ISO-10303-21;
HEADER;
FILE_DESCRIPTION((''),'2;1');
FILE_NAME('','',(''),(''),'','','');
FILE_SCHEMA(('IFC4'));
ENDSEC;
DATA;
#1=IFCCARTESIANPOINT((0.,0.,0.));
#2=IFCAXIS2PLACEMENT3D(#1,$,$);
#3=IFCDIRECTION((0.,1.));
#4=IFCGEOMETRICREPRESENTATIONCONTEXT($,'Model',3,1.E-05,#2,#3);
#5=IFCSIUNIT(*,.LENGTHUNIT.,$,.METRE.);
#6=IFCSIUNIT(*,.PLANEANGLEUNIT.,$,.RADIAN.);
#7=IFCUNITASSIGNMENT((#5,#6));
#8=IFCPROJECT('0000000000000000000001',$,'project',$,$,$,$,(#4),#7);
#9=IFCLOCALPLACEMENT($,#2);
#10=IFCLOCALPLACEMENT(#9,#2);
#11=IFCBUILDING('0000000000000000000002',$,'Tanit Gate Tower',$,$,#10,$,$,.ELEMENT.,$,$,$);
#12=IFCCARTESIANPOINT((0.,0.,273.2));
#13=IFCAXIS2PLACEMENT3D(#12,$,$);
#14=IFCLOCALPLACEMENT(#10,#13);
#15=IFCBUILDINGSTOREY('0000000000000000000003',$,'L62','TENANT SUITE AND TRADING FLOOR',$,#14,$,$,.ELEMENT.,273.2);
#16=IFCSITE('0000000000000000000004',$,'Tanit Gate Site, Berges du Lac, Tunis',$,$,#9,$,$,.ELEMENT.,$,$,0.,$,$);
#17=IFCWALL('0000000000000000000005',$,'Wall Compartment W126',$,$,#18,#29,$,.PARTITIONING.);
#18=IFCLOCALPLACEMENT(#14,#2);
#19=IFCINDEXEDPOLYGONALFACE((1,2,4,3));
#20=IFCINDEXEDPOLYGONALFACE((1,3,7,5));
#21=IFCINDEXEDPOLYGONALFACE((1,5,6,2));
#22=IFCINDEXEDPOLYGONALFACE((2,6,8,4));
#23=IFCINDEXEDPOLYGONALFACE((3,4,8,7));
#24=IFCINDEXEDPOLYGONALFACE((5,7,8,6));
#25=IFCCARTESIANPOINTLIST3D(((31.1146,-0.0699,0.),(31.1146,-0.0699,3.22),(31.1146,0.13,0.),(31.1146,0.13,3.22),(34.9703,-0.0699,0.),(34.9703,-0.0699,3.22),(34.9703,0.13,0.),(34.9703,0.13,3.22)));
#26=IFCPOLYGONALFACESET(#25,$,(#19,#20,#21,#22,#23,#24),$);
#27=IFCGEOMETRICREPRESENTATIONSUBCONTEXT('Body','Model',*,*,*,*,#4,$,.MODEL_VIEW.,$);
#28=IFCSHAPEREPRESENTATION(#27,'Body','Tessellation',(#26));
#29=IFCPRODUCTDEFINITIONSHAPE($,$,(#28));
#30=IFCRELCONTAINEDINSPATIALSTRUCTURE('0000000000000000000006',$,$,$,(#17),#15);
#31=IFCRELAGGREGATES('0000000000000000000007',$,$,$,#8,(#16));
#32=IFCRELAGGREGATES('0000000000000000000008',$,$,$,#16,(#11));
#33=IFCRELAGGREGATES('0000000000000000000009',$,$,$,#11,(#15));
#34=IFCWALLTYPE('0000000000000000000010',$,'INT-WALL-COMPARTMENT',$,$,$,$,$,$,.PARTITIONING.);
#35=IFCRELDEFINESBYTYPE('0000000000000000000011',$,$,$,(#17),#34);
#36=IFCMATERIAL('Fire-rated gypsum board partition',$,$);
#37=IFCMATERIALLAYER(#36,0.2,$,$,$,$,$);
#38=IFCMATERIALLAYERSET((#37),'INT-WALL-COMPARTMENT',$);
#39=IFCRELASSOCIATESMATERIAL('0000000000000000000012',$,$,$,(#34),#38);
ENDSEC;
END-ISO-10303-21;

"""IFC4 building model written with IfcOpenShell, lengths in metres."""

from ifc_helpers import new_model, si_unit, direction, frame, frame_2d, origin, place, context, subcontext, project, spatial, rectangle, extrude, material, layer, layer_set, type_object, element, save


model = new_model("IFC4")

# Units and contexts
model_context = context("Model", 3, precision=1e-05, world=origin(), true_north=direction((0.0, 1.0)))
body_context = subcontext(model_context, "Body", "Model", "MODEL_VIEW")
ifc_project = project(units=[si_unit("LENGTHUNIT", "METRE"), si_unit("PLANEANGLEUNIT", "RADIAN")], contexts=[model_context])

# Site, building, storey
site_placement = place(None, origin())
site = spatial("IfcSite", under=ifc_project, at=site_placement, Name="Tanit Gate Site, Berges du Lac, Tunis", CompositionType="ELEMENT", RefElevation=0.0)
building_placement = place(site_placement, origin())
building = spatial("IfcBuilding", under=site, at=building_placement, Name="Tanit Gate Tower", CompositionType="ELEMENT")
storey_placement = place(building_placement, frame((0.0, 0.0, 273.2)))
storey = spatial("IfcBuildingStorey", under=building, at=storey_placement, Name="L62", Description="TENANT SUITE AND TRADING FLOOR", CompositionType="ELEMENT", Elevation=273.2)

# Wall
ifc_material_1 = material(Name="Fire-rated gypsum board partition")
ifc_layer_1 = layer(ifc_material_1, 0.2)
ifc_layer_set_1 = layer_set([ifc_layer_1], Name="INT-WALL-COMPARTMENT")
wall_type_1 = type_object("IfcWallType", Name="INT-WALL-COMPARTMENT", PredefinedType="PARTITIONING", material=ifc_layer_set_1)
wall_1_placement = place(storey_placement, frame((34.9702, 0.03, 0.0), z_axis=(0.0, 0.0, 1.0), x_axis=(-1.0, 0.0, 0.0)))
element("IfcWall", 1, at=wall_1_placement, inside=storey, type_object=wall_type_1, Name="Wall Compartment W126", PredefinedType="PARTITIONING", context=body_context, shape_type="SweptSolid", body=[
    extrude(rectangle(XDim=3.8557, YDim=0.2, at=frame_2d((1.9277, 0.0))), origin(), (0.0, 0.0, 1.0), 3.22),
])

save(model, "model.ifc")
